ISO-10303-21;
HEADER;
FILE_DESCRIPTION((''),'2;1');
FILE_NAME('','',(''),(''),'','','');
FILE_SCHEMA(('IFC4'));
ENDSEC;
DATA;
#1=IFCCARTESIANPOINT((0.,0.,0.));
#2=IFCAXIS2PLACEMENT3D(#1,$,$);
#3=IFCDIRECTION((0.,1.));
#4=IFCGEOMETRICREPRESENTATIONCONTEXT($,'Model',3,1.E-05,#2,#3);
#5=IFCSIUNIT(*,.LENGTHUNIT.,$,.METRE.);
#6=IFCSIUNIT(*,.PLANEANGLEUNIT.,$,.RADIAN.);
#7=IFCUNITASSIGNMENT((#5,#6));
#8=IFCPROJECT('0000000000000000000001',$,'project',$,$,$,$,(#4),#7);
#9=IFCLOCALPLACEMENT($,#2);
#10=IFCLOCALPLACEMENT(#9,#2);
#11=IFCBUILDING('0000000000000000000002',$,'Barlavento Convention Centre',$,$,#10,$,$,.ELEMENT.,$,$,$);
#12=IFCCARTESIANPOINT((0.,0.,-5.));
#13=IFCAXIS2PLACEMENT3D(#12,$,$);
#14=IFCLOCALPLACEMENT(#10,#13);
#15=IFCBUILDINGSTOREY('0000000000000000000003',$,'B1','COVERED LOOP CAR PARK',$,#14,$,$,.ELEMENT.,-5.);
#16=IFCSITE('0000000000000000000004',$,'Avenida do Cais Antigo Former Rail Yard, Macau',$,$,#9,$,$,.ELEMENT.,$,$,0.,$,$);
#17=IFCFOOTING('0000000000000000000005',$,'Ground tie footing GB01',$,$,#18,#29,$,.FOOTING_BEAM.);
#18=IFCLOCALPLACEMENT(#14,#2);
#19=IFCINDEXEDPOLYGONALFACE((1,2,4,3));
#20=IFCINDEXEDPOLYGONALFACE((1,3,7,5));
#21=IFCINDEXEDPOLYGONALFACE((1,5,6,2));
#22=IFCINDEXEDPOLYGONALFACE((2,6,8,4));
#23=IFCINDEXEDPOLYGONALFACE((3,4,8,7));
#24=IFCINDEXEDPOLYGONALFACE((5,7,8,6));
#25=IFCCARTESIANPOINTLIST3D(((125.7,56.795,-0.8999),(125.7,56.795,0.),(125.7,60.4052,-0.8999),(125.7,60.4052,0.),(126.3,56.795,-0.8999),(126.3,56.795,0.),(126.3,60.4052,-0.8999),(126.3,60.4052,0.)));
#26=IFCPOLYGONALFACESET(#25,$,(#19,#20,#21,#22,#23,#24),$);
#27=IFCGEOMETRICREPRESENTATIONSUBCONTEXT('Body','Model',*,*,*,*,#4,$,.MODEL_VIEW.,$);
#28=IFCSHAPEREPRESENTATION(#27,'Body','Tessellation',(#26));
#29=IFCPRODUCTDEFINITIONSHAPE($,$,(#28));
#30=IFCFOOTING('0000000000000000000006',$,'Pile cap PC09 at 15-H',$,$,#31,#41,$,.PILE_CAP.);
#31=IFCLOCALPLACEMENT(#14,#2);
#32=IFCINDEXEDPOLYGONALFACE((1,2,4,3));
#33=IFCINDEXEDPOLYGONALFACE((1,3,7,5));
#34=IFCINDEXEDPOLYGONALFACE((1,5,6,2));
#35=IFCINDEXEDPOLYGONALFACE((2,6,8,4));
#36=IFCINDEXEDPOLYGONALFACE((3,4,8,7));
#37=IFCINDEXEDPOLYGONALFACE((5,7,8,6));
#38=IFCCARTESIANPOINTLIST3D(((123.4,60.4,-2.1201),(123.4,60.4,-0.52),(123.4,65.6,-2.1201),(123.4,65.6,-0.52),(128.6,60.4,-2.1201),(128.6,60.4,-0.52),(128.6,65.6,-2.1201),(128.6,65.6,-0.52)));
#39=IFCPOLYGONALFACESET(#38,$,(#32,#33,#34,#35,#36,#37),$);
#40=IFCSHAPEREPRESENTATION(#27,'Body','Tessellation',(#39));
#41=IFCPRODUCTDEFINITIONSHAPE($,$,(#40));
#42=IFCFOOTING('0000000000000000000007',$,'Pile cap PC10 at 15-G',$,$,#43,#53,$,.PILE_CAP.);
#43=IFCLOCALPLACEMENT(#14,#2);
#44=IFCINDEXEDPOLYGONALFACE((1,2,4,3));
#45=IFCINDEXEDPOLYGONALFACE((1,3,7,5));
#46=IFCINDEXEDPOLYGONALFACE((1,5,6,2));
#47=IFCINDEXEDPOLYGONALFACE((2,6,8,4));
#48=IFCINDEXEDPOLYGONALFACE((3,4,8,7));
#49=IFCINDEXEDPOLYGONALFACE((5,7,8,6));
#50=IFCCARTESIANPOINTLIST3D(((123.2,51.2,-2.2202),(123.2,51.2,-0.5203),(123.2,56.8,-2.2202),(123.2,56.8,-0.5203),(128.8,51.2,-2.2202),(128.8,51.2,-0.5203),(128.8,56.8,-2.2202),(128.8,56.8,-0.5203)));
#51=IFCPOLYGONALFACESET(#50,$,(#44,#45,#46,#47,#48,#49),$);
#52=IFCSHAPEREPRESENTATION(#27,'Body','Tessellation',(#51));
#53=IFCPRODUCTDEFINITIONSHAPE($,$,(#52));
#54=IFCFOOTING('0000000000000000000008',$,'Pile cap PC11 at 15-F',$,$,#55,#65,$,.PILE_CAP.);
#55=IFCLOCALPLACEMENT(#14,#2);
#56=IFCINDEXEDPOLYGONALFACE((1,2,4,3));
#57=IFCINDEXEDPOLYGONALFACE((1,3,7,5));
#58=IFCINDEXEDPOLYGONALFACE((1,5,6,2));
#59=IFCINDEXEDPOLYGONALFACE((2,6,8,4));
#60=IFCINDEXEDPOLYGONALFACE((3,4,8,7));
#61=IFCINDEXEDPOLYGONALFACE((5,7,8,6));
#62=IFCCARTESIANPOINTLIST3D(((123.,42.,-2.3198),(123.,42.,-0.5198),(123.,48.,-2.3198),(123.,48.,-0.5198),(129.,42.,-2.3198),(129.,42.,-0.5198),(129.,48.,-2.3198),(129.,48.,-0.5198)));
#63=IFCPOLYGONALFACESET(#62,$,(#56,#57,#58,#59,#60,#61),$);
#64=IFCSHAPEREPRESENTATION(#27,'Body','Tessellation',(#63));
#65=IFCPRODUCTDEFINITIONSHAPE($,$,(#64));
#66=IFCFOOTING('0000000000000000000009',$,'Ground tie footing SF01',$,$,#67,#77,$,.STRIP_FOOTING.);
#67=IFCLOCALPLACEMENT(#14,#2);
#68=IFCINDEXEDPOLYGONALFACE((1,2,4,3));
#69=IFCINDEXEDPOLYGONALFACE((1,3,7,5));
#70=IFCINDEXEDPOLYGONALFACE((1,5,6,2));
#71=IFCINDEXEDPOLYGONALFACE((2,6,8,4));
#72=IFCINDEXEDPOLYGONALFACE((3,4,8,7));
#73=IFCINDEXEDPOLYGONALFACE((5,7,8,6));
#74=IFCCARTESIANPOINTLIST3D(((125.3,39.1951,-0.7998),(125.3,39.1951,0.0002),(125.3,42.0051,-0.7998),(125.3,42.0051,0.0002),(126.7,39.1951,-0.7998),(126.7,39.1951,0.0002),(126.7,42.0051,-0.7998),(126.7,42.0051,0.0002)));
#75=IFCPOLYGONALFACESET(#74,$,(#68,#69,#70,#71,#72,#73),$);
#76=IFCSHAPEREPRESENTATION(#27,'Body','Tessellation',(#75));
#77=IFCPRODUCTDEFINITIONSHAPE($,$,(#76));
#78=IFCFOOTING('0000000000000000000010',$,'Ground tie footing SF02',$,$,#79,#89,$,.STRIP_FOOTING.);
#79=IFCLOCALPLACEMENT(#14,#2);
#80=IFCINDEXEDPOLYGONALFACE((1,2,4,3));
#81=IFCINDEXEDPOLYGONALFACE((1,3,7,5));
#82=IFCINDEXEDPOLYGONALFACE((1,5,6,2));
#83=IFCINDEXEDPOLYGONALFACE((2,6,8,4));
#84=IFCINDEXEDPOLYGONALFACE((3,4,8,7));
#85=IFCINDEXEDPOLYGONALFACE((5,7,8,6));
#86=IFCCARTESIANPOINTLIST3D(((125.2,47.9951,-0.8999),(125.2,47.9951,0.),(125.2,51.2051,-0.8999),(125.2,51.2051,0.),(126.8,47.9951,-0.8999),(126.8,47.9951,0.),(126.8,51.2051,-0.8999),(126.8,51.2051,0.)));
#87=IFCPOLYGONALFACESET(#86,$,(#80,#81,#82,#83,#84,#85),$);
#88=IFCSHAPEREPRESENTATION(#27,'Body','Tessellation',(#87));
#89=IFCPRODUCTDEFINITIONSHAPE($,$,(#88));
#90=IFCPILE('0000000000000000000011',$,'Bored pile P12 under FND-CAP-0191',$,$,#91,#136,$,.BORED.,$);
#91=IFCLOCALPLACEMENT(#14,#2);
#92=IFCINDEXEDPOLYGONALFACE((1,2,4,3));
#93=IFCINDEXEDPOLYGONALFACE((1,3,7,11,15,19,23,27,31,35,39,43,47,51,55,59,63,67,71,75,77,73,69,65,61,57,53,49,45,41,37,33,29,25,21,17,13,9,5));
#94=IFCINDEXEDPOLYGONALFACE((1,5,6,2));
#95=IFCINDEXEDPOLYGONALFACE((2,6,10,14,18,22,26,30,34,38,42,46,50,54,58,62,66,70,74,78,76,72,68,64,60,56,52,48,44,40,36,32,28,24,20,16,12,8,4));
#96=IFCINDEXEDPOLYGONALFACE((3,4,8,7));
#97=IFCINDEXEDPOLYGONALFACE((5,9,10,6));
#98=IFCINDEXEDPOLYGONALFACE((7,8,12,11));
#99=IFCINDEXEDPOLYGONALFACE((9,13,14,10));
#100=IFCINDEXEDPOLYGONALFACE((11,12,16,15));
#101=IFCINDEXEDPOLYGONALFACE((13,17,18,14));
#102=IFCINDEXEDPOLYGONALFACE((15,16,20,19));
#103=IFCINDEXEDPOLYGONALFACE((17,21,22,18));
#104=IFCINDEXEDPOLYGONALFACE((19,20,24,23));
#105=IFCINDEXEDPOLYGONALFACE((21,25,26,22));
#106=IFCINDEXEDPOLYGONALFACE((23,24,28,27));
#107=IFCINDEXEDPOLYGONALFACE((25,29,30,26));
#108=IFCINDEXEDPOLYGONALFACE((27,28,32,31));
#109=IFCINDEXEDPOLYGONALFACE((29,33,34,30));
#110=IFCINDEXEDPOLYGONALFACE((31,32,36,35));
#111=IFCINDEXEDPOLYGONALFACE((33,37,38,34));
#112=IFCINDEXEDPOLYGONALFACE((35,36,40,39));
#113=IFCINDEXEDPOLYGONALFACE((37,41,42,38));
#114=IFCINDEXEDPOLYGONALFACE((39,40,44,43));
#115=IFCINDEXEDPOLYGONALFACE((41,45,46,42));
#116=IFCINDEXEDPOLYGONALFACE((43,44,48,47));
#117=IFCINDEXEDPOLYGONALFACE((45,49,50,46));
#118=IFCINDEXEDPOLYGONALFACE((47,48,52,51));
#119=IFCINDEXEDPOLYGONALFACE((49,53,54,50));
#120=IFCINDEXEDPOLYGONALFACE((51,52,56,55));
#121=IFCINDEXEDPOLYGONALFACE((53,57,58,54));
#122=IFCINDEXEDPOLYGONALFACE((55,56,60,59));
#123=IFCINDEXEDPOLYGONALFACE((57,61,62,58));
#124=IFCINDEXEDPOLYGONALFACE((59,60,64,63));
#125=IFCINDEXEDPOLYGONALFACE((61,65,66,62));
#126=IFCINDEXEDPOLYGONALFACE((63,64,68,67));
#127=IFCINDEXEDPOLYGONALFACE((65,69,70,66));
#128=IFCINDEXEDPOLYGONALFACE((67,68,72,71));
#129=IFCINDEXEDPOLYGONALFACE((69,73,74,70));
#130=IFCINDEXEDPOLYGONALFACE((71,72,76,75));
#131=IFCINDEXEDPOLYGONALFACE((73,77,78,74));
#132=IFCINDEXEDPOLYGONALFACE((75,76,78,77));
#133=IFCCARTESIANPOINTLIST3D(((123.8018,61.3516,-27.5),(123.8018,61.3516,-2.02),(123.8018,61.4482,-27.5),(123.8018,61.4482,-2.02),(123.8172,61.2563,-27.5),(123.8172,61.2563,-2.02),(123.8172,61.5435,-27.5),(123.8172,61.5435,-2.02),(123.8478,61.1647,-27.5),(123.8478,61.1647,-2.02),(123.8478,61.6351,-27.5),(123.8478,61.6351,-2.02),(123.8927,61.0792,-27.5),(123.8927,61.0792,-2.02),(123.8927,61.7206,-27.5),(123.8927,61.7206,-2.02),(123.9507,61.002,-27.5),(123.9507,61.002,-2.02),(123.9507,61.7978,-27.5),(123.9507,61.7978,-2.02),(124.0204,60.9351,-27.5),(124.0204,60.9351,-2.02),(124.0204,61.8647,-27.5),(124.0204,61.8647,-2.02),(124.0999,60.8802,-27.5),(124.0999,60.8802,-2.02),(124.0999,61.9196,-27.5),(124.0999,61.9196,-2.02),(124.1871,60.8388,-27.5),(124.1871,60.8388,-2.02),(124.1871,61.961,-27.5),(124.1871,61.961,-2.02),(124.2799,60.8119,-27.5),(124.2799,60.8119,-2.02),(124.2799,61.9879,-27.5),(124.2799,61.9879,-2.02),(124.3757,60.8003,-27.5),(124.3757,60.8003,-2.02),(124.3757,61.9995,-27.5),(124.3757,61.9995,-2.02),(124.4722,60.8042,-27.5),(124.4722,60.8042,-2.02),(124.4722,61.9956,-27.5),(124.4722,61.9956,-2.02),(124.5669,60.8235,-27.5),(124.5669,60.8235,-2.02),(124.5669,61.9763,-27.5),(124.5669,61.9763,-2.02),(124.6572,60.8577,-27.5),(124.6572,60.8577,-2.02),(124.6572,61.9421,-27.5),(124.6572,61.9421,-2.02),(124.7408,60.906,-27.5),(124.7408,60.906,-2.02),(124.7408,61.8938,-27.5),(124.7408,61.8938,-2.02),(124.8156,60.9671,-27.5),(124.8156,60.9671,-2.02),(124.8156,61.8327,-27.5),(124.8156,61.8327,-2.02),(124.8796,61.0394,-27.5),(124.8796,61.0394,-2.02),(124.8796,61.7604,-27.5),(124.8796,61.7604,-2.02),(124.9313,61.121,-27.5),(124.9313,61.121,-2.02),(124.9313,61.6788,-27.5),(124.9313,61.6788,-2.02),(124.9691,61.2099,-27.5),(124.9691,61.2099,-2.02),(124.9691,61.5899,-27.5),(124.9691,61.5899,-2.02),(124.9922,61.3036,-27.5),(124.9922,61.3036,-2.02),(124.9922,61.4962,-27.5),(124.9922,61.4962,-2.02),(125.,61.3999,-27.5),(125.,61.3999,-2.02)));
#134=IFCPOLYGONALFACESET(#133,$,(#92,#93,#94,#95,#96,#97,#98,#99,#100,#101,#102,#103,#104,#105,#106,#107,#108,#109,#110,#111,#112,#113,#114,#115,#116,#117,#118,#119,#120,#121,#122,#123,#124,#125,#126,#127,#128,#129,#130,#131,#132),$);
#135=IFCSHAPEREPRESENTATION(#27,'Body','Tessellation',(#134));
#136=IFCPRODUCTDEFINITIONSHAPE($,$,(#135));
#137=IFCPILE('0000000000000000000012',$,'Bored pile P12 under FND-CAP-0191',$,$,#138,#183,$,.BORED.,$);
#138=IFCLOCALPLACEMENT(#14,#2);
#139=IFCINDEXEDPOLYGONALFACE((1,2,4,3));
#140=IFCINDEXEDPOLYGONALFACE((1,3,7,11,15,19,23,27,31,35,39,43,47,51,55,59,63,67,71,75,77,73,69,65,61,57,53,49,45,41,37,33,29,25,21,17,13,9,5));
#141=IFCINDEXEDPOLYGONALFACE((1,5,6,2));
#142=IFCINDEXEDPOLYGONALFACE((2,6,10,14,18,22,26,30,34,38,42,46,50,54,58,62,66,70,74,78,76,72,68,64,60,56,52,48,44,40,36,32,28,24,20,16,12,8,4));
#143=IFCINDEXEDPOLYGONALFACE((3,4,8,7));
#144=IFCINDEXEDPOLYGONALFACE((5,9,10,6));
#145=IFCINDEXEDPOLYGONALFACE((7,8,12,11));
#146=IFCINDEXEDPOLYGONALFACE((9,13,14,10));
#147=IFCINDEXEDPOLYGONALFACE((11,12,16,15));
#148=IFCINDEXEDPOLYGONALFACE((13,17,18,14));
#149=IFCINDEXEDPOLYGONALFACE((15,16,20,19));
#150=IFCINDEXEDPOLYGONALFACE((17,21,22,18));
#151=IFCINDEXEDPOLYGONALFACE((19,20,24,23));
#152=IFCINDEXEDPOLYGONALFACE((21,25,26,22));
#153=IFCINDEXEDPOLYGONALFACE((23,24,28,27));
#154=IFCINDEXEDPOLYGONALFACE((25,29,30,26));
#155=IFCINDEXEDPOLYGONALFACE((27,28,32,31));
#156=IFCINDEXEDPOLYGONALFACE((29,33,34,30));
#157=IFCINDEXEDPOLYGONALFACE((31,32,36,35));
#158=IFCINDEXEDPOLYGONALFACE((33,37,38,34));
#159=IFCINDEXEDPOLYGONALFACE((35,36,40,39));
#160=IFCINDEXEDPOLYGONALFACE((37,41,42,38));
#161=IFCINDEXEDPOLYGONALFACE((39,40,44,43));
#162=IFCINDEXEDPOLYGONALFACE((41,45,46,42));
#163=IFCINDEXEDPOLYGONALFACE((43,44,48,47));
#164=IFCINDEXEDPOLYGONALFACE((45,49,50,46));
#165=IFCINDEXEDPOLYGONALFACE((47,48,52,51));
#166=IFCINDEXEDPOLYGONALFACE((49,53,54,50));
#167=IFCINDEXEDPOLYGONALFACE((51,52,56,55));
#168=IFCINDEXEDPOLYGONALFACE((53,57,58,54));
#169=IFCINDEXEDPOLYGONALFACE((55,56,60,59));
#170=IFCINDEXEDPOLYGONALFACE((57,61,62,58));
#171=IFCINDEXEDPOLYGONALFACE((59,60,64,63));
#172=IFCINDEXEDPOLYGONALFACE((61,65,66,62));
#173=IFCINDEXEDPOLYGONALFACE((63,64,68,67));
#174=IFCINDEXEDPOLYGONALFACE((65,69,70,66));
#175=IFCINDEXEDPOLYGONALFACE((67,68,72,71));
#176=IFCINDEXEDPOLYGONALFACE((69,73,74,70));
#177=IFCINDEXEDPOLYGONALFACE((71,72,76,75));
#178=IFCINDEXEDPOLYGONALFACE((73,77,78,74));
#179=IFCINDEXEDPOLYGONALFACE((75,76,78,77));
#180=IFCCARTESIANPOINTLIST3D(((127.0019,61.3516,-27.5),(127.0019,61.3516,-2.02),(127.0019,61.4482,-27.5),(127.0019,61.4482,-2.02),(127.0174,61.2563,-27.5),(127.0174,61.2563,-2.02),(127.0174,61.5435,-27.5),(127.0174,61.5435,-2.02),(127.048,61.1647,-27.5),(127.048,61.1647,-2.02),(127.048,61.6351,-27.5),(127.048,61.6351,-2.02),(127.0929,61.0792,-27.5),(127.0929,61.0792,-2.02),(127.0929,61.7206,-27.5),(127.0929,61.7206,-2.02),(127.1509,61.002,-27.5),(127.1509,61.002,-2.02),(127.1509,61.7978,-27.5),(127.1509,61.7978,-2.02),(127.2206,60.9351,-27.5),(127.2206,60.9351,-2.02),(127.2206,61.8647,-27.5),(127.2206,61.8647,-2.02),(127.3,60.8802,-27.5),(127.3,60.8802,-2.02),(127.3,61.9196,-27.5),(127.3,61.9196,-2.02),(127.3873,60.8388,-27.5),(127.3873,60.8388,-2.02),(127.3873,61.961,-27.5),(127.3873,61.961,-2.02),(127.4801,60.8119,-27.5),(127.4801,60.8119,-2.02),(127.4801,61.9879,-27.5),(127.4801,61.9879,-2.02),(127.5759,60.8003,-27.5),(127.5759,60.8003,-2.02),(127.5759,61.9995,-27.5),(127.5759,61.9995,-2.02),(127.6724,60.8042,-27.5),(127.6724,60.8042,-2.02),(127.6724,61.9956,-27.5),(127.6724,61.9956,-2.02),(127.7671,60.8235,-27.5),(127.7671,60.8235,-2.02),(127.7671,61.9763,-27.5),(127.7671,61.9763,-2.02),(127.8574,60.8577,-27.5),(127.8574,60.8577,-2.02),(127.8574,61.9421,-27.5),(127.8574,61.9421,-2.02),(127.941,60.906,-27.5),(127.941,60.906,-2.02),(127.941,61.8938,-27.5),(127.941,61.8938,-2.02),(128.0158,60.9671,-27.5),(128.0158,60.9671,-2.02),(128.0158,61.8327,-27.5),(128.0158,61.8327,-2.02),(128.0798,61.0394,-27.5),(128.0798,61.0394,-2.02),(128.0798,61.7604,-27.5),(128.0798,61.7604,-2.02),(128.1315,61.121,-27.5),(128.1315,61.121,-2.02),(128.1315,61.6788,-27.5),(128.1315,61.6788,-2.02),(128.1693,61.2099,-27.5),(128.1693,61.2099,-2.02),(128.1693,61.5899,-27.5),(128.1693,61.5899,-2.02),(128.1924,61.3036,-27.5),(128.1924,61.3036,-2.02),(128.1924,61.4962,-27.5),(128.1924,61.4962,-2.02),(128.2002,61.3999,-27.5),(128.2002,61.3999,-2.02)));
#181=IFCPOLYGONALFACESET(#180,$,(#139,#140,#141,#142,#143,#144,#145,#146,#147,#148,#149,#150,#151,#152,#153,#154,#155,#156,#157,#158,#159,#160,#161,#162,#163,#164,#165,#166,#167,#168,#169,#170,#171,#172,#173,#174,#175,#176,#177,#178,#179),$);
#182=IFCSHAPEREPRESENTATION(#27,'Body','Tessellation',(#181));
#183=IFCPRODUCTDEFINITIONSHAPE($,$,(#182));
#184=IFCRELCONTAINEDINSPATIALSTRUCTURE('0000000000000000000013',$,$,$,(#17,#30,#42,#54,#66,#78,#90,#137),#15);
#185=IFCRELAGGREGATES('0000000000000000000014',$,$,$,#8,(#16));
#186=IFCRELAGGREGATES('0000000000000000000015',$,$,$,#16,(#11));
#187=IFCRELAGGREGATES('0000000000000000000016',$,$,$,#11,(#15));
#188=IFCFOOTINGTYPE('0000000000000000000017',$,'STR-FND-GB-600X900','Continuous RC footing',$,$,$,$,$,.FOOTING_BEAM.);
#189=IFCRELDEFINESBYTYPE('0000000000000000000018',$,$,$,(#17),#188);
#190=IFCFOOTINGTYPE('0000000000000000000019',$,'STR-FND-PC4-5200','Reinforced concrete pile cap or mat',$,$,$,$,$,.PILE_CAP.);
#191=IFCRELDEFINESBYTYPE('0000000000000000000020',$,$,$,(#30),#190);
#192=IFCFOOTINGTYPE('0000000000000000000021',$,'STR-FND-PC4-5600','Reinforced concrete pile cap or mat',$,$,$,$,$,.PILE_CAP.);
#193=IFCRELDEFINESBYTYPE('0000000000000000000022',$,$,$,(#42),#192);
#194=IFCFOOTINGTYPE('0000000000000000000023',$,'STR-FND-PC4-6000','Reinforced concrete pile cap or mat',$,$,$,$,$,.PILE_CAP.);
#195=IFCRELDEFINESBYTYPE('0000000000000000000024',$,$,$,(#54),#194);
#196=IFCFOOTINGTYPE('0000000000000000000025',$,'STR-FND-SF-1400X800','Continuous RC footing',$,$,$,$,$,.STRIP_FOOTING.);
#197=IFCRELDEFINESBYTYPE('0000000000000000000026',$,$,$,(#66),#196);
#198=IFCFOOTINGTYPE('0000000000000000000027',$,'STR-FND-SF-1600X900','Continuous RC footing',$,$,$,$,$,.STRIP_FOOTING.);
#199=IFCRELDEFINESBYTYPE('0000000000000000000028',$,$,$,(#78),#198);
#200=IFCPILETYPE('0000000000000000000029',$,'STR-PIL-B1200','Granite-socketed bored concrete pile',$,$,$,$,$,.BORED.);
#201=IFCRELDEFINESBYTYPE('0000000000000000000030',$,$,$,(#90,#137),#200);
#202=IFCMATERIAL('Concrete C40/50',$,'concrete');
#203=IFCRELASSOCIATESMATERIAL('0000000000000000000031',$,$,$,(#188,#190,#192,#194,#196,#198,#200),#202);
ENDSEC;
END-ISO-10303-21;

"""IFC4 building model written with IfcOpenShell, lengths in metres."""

from ifc_helpers import new_model, si_unit, direction, frame, origin, origin_2d, place, context, subcontext, project, spatial, rectangle, circle, extrude, material, material_profile, profile_set, type_object, element, save


model = new_model("IFC4")

# Units and contexts
model_context = context("Model", 3, precision=1e-05, world=origin(), true_north=direction((0.0, 1.0)))
body_context = subcontext(model_context, "Body", "Model", "MODEL_VIEW")
ifc_project = project(units=[si_unit("LENGTHUNIT", "METRE"), si_unit("PLANEANGLEUNIT", "RADIAN")], contexts=[model_context])

# Site, building, storey
site_placement = place(None, origin())
site = spatial("IfcSite", under=ifc_project, at=site_placement, Name="Avenida do Cais Antigo Former Rail Yard, Macau", CompositionType="ELEMENT", RefElevation=0.0)
building_placement = place(site_placement, origin())
building = spatial("IfcBuilding", under=site, at=building_placement, Name="Barlavento Convention Centre", CompositionType="ELEMENT")
storey_placement = place(building_placement, frame((0.0, 0.0, -5.0)))
storey = spatial("IfcBuildingStorey", under=building, at=storey_placement, Name="B1", Description="COVERED LOOP CAR PARK", CompositionType="ELEMENT", Elevation=-5.0)

# Footings
ifc_material_1 = material(Name="Concrete C40/50", Category="concrete")
footing_type_1 = type_object("IfcFootingType", Name="STR-FND-GB-600X900", Description="Continuous RC footing", PredefinedType="FOOTING_BEAM", material=ifc_material_1)
footing_1_placement = place(storey_placement, frame((126.0, 58.6001, -0.8999), z_axis=(0.0, 0.0, 1.0), x_axis=(1.0, 0.0, 0.0)))
element("IfcFooting", 1, at=footing_1_placement, inside=storey, type_object=footing_type_1, Name="Ground tie footing GB01", PredefinedType="FOOTING_BEAM", context=body_context, shape_type="SweptSolid", body=[
    extrude(rectangle(XDim=0.6001, YDim=3.6101, at=origin_2d()), origin(), (0.0, 0.0, 1.0), 0.8999),
])
footing_type_2 = type_object("IfcFootingType", Name="STR-FND-PC4-5200", Description="Reinforced concrete pile cap or mat", PredefinedType="PILE_CAP", material=ifc_material_1)
footing_2_placement = place(storey_placement, frame((126.0, 63.0, -2.1201), z_axis=(0.0, 0.0, 1.0), x_axis=(1.0, 0.0, 0.0)))
element("IfcFooting", 2, at=footing_2_placement, inside=storey, type_object=footing_type_2, Name="Pile cap PC09 at 15-H", PredefinedType="PILE_CAP", context=body_context, shape_type="SweptSolid", body=[
    extrude(rectangle(XDim=5.2, YDim=5.2, at=origin_2d()), origin(), (0.0, 0.0, 1.0), 1.6001),
])
footing_type_3 = type_object("IfcFootingType", Name="STR-FND-PC4-5600", Description="Reinforced concrete pile cap or mat", PredefinedType="PILE_CAP", material=ifc_material_1)
footing_3_placement = place(storey_placement, frame((126.0, 54.0, -2.2202), z_axis=(0.0, 0.0, 1.0), x_axis=(1.0, 0.0, 0.0)))
element("IfcFooting", 3, at=footing_3_placement, inside=storey, type_object=footing_type_3, Name="Pile cap PC10 at 15-G", PredefinedType="PILE_CAP", context=body_context, shape_type="SweptSolid", body=[
    extrude(rectangle(XDim=5.6001, YDim=5.6001, at=origin_2d()), origin(), (0.0, 0.0, 1.0), 1.7),
])
footing_type_4 = type_object("IfcFootingType", Name="STR-FND-PC4-6000", Description="Reinforced concrete pile cap or mat", PredefinedType="PILE_CAP", material=ifc_material_1)
footing_4_placement = place(storey_placement, frame((126.0, 45.0, -2.3198), z_axis=(0.0, 0.0, 1.0), x_axis=(1.0, 0.0, 0.0)))
element("IfcFooting", 4, at=footing_4_placement, inside=storey, type_object=footing_type_4, Name="Pile cap PC11 at 15-F", PredefinedType="PILE_CAP", context=body_context, shape_type="SweptSolid", body=[
    extrude(rectangle(XDim=6.0, YDim=6.0, at=origin_2d()), origin(), (0.0, 0.0, 1.0), 1.8),
])
footing_type_5 = type_object("IfcFootingType", Name="STR-FND-SF-1400X800", Description="Continuous RC footing", PredefinedType="STRIP_FOOTING", material=ifc_material_1)
footing_5_placement = place(storey_placement, frame((126.0, 40.6001, -0.7998), z_axis=(0.0, 0.0, 1.0), x_axis=(1.0, 0.0, 0.0)))
element("IfcFooting", 5, at=footing_5_placement, inside=storey, type_object=footing_type_5, Name="Ground tie footing SF01", PredefinedType="STRIP_FOOTING", context=body_context, shape_type="SweptSolid", body=[
    extrude(rectangle(XDim=1.3999, YDim=2.8101, at=origin_2d()), origin(), (0.0, 0.0, 1.0), 0.8),
])
footing_type_6 = type_object("IfcFootingType", Name="STR-FND-SF-1600X900", Description="Continuous RC footing", PredefinedType="STRIP_FOOTING", material=ifc_material_1)
footing_6_placement = place(storey_placement, frame((126.0, 49.6001, -0.8999), z_axis=(0.0, 0.0, 1.0), x_axis=(1.0, 0.0, 0.0)))
element("IfcFooting", 6, at=footing_6_placement, inside=storey, type_object=footing_type_6, Name="Ground tie footing SF02", PredefinedType="STRIP_FOOTING", context=body_context, shape_type="SweptSolid", body=[
    extrude(rectangle(XDim=1.6001, YDim=3.21, at=origin_2d()), origin(), (0.0, 0.0, 1.0), 0.8999),
])

# Piles
ifc_material_profile_1 = material_profile(ifc_material_1, circle(Radius=0.6001, at=origin_2d()), Name="BORED PILE 1200")
ifc_profile_set_1 = profile_set([ifc_material_profile_1], Name="Concrete C40/50")
pile_type_1 = type_object("IfcPileType", Name="STR-PIL-B1200", Description="Granite-socketed bored concrete pile", PredefinedType="BORED", material=ifc_profile_set_1)
for number, where, z_axis, x_axis, name in (
    (7, (124.3999, 61.3999, -2.02), (0.0, 0.0, -1.0), (1.0, 0.0, 0.0), "Bored pile P12 under FND-CAP-0191"),
    (8, (127.6001, 61.3999, -2.02), (0.0, 0.0, -1.0), (1.0, 0.0, 0.0), "Bored pile P12 under FND-CAP-0191"),
):
    element("IfcPile", number, at=place(storey_placement, frame(where, z_axis=z_axis, x_axis=x_axis)), inside=storey, type_object=pile_type_1, Name=name, PredefinedType="BORED", context=body_context, shape_type="SweptSolid", body=[
        extrude(circle(Radius=0.6001, at=origin_2d()), origin(), (0.0, 0.0, 1.0), 25.48),
    ])

save(model, "model.ifc")
